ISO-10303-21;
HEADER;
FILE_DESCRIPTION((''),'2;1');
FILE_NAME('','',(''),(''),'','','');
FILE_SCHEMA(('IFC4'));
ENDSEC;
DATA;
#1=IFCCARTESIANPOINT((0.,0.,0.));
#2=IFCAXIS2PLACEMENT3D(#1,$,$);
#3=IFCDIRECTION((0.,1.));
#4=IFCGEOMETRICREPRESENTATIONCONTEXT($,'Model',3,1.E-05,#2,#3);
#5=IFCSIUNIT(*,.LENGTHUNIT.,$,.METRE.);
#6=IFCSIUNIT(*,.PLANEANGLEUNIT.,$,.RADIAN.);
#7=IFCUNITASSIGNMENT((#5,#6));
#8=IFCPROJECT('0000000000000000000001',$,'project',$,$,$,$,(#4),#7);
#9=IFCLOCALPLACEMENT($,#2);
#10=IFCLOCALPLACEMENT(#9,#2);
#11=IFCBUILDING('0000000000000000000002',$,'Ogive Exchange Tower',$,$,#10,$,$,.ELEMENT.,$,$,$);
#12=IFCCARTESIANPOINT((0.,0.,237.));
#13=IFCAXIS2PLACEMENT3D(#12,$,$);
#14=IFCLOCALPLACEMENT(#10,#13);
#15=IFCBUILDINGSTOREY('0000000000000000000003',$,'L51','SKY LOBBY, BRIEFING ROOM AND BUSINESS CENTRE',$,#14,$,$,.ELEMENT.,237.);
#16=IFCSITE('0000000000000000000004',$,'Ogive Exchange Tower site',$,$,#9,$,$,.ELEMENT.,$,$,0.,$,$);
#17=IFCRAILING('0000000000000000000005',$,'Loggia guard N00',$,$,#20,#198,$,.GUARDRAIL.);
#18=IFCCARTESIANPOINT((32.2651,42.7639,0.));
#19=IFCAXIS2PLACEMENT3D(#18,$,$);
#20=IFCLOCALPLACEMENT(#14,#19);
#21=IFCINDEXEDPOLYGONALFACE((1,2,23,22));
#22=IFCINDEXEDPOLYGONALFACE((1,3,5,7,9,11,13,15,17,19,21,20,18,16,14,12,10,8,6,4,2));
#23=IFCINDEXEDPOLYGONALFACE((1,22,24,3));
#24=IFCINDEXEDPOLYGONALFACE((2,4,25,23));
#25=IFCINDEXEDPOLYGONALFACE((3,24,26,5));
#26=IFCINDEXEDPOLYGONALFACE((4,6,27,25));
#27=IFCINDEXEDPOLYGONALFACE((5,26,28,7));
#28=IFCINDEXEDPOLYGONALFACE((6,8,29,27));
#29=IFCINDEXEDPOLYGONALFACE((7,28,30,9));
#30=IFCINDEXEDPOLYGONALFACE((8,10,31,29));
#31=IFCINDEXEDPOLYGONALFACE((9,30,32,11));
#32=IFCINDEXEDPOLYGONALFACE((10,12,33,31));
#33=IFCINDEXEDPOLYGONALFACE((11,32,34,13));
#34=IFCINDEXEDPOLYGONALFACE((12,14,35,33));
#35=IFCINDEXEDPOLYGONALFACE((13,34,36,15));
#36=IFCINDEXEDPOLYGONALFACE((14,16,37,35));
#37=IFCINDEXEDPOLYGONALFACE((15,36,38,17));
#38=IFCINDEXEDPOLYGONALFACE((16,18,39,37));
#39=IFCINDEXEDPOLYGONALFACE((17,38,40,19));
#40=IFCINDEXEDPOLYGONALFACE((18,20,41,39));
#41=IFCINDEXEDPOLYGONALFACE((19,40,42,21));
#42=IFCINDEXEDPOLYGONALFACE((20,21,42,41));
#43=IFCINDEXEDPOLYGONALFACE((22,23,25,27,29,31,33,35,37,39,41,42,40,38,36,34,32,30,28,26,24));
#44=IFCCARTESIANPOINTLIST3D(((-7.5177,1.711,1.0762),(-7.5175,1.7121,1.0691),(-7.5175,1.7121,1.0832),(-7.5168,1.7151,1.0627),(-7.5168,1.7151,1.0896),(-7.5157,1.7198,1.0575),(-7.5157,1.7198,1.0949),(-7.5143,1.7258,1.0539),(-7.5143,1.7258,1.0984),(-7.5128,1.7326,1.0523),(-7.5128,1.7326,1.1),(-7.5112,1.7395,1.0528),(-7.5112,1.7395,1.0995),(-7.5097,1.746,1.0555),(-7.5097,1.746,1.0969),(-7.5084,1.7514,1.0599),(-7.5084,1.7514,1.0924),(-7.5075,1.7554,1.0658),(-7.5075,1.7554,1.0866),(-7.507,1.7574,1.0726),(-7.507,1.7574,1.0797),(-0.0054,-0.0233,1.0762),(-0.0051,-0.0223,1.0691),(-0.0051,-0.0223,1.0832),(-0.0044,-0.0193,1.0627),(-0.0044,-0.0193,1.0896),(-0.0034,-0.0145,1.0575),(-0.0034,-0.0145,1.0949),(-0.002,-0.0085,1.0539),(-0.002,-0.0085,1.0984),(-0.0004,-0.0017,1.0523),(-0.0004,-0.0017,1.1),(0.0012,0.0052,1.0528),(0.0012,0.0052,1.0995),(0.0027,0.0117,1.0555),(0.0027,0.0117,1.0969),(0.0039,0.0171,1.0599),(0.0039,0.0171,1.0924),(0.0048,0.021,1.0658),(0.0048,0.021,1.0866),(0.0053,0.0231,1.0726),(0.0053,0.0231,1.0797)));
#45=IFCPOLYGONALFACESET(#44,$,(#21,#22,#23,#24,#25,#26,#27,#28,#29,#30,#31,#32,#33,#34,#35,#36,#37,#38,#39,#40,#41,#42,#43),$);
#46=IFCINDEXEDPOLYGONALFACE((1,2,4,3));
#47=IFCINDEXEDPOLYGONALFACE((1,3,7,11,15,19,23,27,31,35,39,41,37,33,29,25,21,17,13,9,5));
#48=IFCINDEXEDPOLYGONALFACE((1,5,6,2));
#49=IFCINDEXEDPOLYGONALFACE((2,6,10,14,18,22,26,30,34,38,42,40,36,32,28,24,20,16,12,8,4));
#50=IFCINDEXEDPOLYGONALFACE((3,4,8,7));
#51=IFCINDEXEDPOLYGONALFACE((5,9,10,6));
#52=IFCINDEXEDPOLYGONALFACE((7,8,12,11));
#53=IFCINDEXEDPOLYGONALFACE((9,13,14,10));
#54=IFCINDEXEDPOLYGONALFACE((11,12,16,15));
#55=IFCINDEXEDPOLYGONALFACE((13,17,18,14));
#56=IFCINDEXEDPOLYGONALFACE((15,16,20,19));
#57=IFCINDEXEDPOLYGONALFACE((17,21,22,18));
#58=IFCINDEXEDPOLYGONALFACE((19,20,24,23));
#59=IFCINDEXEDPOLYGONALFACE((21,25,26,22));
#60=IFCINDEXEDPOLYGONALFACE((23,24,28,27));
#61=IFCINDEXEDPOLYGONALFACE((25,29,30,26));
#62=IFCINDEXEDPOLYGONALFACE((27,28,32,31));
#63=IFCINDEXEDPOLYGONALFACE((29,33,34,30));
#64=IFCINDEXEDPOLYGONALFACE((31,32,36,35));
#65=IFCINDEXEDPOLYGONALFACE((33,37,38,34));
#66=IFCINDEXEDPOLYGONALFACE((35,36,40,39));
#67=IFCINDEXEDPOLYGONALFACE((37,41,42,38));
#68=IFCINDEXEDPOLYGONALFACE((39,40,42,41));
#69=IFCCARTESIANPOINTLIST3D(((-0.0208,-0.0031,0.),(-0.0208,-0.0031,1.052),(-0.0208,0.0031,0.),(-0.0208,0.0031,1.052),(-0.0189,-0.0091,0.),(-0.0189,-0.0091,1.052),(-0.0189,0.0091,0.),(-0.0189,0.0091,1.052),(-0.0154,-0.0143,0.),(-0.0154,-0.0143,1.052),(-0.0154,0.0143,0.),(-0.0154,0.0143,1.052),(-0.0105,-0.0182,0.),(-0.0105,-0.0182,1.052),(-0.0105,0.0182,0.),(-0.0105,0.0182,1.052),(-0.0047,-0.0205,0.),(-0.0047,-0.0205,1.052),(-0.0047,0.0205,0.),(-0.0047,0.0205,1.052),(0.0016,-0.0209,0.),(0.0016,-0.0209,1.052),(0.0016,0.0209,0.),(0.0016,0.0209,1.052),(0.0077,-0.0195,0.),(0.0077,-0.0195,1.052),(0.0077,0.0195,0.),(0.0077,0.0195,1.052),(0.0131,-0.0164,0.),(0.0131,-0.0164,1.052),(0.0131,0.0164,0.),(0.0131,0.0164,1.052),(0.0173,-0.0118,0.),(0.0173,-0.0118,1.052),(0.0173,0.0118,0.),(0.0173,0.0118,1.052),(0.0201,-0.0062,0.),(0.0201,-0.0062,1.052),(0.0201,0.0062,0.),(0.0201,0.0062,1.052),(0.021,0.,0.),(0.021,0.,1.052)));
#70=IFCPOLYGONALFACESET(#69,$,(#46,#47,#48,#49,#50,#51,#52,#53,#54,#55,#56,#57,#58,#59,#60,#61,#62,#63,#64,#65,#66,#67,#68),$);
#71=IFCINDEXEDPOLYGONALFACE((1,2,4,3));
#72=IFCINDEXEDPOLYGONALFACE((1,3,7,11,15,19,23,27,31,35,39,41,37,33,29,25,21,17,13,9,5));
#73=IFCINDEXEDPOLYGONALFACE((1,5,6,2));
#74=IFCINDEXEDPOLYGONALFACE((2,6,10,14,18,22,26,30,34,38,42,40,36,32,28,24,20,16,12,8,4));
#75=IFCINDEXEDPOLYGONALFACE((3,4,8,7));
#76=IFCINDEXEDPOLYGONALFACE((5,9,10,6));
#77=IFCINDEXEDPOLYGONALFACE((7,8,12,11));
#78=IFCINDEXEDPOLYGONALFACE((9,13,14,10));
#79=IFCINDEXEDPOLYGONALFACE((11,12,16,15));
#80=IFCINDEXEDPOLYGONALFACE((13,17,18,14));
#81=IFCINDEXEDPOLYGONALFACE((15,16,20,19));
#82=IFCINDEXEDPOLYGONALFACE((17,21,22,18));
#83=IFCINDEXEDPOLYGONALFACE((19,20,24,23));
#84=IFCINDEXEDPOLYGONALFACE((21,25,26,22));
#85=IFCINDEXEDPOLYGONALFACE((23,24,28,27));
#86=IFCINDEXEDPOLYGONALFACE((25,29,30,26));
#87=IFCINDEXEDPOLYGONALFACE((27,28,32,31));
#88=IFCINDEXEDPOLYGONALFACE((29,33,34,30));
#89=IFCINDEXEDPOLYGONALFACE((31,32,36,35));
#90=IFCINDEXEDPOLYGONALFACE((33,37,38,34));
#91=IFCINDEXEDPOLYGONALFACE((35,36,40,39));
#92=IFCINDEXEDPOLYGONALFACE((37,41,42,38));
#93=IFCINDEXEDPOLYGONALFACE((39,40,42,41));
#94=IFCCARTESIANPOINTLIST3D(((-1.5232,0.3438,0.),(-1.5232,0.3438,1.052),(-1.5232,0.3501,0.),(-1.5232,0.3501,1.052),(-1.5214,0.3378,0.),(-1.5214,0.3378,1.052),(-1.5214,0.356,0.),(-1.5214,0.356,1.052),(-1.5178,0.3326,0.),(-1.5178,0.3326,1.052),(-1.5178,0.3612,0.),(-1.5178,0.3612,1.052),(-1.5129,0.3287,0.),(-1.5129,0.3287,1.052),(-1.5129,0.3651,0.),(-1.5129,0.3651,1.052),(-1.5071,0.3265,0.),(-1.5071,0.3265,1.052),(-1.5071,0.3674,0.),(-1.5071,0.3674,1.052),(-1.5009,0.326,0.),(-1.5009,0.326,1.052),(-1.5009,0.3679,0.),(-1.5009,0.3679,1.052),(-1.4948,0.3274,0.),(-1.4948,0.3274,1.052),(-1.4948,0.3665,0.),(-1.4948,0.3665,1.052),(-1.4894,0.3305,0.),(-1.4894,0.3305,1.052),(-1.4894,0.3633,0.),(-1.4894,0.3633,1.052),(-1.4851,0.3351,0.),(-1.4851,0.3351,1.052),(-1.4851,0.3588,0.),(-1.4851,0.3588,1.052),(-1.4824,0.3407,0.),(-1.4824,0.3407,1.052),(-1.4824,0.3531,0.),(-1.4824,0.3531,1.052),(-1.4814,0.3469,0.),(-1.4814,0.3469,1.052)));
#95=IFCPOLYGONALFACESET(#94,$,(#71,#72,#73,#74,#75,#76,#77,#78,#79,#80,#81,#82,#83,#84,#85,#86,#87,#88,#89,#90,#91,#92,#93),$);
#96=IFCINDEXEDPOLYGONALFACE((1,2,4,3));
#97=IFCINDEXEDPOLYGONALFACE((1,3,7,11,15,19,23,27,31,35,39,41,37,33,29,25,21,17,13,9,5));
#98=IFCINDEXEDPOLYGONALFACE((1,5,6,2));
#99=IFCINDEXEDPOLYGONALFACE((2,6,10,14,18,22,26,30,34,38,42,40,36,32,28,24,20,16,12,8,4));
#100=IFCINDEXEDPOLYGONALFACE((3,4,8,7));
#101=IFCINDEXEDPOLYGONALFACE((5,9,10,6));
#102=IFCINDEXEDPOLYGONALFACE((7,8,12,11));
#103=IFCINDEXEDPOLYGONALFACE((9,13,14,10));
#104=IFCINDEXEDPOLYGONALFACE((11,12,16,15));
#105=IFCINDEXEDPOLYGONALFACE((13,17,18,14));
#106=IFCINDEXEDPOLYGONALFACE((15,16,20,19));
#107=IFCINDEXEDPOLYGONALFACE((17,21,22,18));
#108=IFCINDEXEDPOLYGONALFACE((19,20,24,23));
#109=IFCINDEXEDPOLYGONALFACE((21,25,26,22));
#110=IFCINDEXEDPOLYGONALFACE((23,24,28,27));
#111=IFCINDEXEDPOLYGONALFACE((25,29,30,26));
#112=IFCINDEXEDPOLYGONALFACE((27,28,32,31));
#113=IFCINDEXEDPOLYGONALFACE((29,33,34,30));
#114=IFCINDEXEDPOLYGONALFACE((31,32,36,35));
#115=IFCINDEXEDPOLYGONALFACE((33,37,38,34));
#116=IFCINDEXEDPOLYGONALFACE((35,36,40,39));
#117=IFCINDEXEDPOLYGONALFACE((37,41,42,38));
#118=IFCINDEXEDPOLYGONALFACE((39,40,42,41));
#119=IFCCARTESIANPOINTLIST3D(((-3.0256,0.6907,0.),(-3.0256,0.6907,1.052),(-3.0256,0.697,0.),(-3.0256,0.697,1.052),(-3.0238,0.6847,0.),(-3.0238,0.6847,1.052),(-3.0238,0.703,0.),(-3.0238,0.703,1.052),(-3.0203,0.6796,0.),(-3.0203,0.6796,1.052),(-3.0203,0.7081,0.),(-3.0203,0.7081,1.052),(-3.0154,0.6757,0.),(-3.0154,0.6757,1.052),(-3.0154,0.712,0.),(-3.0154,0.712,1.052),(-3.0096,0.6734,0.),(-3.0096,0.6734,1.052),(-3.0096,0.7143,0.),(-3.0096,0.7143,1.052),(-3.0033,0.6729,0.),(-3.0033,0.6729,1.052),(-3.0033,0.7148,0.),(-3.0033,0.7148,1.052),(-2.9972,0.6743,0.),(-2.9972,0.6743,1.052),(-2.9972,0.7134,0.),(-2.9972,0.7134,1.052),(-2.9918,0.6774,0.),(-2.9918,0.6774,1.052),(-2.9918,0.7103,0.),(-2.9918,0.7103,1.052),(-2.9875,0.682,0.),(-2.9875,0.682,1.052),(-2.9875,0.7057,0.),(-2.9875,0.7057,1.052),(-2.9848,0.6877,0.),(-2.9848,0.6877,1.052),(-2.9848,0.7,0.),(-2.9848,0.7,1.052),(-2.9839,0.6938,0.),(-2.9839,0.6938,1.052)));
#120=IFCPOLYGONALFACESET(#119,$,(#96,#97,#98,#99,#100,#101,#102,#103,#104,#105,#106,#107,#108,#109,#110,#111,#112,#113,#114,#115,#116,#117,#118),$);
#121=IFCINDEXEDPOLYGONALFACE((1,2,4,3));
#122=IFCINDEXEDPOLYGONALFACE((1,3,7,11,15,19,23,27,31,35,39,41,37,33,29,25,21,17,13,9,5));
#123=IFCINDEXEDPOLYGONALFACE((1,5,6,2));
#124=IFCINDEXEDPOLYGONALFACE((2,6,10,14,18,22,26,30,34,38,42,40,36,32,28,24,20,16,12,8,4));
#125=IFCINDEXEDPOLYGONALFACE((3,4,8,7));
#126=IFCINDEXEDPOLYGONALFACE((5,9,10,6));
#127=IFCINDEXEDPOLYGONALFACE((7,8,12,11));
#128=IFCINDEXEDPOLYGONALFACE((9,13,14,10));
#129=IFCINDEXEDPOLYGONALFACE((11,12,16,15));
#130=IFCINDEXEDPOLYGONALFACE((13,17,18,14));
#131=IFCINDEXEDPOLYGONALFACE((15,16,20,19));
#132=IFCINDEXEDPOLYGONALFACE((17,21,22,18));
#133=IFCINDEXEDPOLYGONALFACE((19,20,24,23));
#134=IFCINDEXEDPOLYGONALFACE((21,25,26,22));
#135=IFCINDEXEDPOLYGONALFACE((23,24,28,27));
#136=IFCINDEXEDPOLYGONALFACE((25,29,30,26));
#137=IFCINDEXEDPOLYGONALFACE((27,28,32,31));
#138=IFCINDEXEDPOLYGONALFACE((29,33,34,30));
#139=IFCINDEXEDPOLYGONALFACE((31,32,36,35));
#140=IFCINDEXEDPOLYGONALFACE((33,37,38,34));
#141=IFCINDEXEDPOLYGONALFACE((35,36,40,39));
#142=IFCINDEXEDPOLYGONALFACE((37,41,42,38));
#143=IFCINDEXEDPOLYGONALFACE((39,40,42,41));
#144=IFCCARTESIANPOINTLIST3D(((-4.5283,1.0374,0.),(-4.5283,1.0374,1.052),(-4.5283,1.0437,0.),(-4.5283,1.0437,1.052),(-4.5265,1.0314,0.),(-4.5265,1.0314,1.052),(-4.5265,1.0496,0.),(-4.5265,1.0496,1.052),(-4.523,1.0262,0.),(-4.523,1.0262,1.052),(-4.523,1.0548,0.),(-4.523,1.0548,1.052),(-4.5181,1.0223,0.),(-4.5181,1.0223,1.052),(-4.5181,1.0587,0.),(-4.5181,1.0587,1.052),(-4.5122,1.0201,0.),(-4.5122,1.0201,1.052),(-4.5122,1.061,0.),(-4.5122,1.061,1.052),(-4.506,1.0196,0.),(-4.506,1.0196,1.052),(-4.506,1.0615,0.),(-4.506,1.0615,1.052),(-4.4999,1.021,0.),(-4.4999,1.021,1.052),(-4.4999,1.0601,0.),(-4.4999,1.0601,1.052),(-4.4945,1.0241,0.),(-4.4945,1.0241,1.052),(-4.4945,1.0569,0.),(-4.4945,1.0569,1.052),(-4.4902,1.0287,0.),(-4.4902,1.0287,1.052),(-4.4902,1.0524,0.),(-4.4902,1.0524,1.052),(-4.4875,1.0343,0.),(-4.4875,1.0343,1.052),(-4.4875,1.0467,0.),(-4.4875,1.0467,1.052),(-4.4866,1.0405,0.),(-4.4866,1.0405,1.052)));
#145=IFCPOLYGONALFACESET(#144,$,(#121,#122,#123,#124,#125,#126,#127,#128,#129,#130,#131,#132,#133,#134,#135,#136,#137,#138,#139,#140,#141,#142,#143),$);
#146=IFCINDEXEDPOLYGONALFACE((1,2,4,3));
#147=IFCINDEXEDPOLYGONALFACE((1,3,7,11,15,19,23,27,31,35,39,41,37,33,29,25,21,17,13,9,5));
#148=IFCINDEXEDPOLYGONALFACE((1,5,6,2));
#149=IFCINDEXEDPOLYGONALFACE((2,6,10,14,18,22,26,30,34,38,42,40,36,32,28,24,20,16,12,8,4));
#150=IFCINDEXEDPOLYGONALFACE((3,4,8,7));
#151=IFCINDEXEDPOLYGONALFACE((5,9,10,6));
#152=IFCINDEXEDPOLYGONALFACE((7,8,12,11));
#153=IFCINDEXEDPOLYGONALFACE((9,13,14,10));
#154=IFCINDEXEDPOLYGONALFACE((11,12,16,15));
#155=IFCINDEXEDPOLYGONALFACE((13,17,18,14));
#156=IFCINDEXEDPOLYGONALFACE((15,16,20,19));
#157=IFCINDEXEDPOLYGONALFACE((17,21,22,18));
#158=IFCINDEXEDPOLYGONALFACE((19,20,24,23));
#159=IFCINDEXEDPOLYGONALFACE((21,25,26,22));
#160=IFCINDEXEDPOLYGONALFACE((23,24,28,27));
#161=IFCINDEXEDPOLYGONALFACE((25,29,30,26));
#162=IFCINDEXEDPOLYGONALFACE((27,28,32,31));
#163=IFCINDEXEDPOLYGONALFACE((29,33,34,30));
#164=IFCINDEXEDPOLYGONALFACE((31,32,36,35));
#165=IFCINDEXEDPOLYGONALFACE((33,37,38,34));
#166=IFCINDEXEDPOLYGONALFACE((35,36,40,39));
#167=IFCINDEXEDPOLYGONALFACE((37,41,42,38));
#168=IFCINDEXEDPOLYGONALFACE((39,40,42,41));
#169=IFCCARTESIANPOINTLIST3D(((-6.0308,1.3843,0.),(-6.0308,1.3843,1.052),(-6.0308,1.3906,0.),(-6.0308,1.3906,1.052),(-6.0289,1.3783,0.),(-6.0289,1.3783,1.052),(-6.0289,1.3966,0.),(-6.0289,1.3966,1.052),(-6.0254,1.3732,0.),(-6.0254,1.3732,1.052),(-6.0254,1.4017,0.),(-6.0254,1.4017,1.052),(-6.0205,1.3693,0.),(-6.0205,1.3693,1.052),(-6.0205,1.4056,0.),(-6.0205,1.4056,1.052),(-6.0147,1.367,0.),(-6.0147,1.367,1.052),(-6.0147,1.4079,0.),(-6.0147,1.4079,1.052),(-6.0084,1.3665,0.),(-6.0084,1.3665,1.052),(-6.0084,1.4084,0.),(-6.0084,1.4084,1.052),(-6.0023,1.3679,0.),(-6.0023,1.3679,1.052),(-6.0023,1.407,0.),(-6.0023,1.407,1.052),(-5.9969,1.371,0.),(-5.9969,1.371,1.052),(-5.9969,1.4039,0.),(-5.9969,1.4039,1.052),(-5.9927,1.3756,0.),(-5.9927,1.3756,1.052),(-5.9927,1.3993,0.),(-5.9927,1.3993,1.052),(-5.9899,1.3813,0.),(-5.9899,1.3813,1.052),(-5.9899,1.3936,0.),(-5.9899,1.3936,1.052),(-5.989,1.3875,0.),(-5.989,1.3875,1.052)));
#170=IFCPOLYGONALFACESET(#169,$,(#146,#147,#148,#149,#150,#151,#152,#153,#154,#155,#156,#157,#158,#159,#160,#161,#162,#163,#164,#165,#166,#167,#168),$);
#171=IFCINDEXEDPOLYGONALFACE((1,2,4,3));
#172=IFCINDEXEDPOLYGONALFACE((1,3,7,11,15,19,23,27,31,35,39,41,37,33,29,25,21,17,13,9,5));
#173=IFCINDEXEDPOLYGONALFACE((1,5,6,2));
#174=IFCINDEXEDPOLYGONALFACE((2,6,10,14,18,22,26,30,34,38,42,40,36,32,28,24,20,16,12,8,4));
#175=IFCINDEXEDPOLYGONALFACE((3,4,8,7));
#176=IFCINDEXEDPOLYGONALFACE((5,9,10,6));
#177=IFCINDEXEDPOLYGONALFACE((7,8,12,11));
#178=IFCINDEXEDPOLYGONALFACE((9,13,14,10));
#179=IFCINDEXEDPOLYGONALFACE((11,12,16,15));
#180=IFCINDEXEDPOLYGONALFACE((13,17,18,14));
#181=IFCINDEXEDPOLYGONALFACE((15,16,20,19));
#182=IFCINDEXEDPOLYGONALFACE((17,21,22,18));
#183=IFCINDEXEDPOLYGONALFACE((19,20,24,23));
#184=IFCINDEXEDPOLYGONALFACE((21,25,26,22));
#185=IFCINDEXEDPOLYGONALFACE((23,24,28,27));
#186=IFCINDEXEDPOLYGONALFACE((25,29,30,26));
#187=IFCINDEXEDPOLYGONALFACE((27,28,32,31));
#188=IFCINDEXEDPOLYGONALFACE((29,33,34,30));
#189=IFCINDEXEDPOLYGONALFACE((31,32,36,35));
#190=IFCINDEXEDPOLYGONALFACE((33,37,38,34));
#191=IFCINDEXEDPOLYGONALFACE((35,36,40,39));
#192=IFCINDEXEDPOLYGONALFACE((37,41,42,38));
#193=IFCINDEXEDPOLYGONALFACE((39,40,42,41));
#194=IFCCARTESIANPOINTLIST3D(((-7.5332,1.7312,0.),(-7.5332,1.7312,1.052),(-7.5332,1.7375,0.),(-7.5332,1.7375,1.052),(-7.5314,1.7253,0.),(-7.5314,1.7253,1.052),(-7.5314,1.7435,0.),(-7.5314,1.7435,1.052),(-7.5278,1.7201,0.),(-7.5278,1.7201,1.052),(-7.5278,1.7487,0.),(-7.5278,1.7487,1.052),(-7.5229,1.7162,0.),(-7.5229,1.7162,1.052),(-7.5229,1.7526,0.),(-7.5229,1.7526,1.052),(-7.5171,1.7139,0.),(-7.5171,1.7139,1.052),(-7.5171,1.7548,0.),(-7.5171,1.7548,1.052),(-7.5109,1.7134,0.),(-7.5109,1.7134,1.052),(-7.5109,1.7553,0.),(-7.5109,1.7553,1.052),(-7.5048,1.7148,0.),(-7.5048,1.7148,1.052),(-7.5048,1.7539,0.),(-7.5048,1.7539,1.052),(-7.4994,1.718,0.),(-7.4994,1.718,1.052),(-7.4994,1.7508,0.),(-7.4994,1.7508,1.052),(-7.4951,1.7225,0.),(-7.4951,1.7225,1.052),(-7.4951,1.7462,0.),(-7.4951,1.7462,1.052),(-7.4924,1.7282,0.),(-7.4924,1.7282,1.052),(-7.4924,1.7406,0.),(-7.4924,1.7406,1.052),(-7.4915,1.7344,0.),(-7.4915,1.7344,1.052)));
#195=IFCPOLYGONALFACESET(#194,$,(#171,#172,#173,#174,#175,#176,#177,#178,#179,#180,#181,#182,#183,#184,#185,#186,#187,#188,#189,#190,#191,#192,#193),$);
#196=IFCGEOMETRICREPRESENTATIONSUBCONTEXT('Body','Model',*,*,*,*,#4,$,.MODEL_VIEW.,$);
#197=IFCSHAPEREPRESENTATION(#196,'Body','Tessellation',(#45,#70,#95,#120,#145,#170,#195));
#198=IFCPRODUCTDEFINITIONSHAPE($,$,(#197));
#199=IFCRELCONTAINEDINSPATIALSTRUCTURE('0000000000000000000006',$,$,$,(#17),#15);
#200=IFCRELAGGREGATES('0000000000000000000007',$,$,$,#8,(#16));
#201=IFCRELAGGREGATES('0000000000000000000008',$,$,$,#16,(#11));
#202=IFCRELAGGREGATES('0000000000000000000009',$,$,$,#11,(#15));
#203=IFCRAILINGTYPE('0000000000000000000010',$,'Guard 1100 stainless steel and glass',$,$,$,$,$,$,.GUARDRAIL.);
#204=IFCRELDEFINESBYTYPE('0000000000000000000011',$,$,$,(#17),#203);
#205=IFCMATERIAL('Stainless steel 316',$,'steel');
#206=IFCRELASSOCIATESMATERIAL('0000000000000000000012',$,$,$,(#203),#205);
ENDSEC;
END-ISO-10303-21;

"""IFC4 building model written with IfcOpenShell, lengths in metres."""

from ifc_helpers import new_model, si_unit, direction, frame, origin, origin_2d, place, context, subcontext, project, spatial, circle, extrude, material, type_object, element, save


model = new_model("IFC4")

# Units and contexts
model_context = context("Model", 3, precision=1e-05, world=origin(), true_north=direction((0.0, 1.0)))
body_context = subcontext(model_context, "Body", "Model", "MODEL_VIEW")
ifc_project = project(units=[si_unit("LENGTHUNIT", "METRE"), si_unit("PLANEANGLEUNIT", "RADIAN")], contexts=[model_context])

# Site, building, storey
site_placement = place(None, origin())
site = spatial("IfcSite", under=ifc_project, at=site_placement, Name="Ogive Exchange Tower site", CompositionType="ELEMENT", RefElevation=0.0)
building_placement = place(site_placement, origin())
building = spatial("IfcBuilding", under=site, at=building_placement, Name="Ogive Exchange Tower", CompositionType="ELEMENT")
storey_placement = place(building_placement, frame((0.0, 0.0, 237.0)))
storey = spatial("IfcBuildingStorey", under=building, at=storey_placement, Name="L51", Description="SKY LOBBY, BRIEFING ROOM AND BUSINESS CENTRE", CompositionType="ELEMENT", Elevation=237.0)

# Railing
ifc_material_1 = material(Name="Stainless steel 316", Category="steel")
railing_type = type_object("IfcRailingType", Name="Guard 1100 stainless steel and glass", PredefinedType="GUARDRAIL", material=ifc_material_1)
railing_1_placement = place(storey_placement, frame((32.2651, 42.7639, 0.0)))
element("IfcRailing", 1, at=railing_1_placement, inside=storey, type_object=railing_type, Name="Loggia guard N00", PredefinedType="GUARDRAIL", context=body_context, shape_type="SweptSolid", body=[
    extrude(circle(Radius=0.0239, at=origin_2d()), frame((0.0, 0.0, 1.0762), z_axis=(-0.97437, 0.22495, 0.0), x_axis=(-0.22495, -0.97437, 0.0)), (0.0, 0.0, 1.0), 7.71),
    extrude(circle(Radius=0.021, at=origin_2d()), origin(), (0.0, 0.0, 1.0), 1.052),
    extrude(circle(Radius=0.021, at=origin_2d()), frame((-1.5024, 0.3469, 0.0)), (0.0, 0.0, 1.0), 1.052),
    extrude(circle(Radius=0.021, at=origin_2d()), frame((-3.0049, 0.6938, 0.0)), (0.0, 0.0, 1.0), 1.052),
    extrude(circle(Radius=0.021, at=origin_2d()), frame((-4.5076, 1.0405, 0.0)), (0.0, 0.0, 1.0), 1.052),
    extrude(circle(Radius=0.021, at=origin_2d()), frame((-6.01, 1.3875, 0.0)), (0.0, 0.0, 1.0), 1.052),
    extrude(circle(Radius=0.021, at=origin_2d()), frame((-7.5125, 1.7344, 0.0)), (0.0, 0.0, 1.0), 1.052),
])

save(model, "model.ifc")
